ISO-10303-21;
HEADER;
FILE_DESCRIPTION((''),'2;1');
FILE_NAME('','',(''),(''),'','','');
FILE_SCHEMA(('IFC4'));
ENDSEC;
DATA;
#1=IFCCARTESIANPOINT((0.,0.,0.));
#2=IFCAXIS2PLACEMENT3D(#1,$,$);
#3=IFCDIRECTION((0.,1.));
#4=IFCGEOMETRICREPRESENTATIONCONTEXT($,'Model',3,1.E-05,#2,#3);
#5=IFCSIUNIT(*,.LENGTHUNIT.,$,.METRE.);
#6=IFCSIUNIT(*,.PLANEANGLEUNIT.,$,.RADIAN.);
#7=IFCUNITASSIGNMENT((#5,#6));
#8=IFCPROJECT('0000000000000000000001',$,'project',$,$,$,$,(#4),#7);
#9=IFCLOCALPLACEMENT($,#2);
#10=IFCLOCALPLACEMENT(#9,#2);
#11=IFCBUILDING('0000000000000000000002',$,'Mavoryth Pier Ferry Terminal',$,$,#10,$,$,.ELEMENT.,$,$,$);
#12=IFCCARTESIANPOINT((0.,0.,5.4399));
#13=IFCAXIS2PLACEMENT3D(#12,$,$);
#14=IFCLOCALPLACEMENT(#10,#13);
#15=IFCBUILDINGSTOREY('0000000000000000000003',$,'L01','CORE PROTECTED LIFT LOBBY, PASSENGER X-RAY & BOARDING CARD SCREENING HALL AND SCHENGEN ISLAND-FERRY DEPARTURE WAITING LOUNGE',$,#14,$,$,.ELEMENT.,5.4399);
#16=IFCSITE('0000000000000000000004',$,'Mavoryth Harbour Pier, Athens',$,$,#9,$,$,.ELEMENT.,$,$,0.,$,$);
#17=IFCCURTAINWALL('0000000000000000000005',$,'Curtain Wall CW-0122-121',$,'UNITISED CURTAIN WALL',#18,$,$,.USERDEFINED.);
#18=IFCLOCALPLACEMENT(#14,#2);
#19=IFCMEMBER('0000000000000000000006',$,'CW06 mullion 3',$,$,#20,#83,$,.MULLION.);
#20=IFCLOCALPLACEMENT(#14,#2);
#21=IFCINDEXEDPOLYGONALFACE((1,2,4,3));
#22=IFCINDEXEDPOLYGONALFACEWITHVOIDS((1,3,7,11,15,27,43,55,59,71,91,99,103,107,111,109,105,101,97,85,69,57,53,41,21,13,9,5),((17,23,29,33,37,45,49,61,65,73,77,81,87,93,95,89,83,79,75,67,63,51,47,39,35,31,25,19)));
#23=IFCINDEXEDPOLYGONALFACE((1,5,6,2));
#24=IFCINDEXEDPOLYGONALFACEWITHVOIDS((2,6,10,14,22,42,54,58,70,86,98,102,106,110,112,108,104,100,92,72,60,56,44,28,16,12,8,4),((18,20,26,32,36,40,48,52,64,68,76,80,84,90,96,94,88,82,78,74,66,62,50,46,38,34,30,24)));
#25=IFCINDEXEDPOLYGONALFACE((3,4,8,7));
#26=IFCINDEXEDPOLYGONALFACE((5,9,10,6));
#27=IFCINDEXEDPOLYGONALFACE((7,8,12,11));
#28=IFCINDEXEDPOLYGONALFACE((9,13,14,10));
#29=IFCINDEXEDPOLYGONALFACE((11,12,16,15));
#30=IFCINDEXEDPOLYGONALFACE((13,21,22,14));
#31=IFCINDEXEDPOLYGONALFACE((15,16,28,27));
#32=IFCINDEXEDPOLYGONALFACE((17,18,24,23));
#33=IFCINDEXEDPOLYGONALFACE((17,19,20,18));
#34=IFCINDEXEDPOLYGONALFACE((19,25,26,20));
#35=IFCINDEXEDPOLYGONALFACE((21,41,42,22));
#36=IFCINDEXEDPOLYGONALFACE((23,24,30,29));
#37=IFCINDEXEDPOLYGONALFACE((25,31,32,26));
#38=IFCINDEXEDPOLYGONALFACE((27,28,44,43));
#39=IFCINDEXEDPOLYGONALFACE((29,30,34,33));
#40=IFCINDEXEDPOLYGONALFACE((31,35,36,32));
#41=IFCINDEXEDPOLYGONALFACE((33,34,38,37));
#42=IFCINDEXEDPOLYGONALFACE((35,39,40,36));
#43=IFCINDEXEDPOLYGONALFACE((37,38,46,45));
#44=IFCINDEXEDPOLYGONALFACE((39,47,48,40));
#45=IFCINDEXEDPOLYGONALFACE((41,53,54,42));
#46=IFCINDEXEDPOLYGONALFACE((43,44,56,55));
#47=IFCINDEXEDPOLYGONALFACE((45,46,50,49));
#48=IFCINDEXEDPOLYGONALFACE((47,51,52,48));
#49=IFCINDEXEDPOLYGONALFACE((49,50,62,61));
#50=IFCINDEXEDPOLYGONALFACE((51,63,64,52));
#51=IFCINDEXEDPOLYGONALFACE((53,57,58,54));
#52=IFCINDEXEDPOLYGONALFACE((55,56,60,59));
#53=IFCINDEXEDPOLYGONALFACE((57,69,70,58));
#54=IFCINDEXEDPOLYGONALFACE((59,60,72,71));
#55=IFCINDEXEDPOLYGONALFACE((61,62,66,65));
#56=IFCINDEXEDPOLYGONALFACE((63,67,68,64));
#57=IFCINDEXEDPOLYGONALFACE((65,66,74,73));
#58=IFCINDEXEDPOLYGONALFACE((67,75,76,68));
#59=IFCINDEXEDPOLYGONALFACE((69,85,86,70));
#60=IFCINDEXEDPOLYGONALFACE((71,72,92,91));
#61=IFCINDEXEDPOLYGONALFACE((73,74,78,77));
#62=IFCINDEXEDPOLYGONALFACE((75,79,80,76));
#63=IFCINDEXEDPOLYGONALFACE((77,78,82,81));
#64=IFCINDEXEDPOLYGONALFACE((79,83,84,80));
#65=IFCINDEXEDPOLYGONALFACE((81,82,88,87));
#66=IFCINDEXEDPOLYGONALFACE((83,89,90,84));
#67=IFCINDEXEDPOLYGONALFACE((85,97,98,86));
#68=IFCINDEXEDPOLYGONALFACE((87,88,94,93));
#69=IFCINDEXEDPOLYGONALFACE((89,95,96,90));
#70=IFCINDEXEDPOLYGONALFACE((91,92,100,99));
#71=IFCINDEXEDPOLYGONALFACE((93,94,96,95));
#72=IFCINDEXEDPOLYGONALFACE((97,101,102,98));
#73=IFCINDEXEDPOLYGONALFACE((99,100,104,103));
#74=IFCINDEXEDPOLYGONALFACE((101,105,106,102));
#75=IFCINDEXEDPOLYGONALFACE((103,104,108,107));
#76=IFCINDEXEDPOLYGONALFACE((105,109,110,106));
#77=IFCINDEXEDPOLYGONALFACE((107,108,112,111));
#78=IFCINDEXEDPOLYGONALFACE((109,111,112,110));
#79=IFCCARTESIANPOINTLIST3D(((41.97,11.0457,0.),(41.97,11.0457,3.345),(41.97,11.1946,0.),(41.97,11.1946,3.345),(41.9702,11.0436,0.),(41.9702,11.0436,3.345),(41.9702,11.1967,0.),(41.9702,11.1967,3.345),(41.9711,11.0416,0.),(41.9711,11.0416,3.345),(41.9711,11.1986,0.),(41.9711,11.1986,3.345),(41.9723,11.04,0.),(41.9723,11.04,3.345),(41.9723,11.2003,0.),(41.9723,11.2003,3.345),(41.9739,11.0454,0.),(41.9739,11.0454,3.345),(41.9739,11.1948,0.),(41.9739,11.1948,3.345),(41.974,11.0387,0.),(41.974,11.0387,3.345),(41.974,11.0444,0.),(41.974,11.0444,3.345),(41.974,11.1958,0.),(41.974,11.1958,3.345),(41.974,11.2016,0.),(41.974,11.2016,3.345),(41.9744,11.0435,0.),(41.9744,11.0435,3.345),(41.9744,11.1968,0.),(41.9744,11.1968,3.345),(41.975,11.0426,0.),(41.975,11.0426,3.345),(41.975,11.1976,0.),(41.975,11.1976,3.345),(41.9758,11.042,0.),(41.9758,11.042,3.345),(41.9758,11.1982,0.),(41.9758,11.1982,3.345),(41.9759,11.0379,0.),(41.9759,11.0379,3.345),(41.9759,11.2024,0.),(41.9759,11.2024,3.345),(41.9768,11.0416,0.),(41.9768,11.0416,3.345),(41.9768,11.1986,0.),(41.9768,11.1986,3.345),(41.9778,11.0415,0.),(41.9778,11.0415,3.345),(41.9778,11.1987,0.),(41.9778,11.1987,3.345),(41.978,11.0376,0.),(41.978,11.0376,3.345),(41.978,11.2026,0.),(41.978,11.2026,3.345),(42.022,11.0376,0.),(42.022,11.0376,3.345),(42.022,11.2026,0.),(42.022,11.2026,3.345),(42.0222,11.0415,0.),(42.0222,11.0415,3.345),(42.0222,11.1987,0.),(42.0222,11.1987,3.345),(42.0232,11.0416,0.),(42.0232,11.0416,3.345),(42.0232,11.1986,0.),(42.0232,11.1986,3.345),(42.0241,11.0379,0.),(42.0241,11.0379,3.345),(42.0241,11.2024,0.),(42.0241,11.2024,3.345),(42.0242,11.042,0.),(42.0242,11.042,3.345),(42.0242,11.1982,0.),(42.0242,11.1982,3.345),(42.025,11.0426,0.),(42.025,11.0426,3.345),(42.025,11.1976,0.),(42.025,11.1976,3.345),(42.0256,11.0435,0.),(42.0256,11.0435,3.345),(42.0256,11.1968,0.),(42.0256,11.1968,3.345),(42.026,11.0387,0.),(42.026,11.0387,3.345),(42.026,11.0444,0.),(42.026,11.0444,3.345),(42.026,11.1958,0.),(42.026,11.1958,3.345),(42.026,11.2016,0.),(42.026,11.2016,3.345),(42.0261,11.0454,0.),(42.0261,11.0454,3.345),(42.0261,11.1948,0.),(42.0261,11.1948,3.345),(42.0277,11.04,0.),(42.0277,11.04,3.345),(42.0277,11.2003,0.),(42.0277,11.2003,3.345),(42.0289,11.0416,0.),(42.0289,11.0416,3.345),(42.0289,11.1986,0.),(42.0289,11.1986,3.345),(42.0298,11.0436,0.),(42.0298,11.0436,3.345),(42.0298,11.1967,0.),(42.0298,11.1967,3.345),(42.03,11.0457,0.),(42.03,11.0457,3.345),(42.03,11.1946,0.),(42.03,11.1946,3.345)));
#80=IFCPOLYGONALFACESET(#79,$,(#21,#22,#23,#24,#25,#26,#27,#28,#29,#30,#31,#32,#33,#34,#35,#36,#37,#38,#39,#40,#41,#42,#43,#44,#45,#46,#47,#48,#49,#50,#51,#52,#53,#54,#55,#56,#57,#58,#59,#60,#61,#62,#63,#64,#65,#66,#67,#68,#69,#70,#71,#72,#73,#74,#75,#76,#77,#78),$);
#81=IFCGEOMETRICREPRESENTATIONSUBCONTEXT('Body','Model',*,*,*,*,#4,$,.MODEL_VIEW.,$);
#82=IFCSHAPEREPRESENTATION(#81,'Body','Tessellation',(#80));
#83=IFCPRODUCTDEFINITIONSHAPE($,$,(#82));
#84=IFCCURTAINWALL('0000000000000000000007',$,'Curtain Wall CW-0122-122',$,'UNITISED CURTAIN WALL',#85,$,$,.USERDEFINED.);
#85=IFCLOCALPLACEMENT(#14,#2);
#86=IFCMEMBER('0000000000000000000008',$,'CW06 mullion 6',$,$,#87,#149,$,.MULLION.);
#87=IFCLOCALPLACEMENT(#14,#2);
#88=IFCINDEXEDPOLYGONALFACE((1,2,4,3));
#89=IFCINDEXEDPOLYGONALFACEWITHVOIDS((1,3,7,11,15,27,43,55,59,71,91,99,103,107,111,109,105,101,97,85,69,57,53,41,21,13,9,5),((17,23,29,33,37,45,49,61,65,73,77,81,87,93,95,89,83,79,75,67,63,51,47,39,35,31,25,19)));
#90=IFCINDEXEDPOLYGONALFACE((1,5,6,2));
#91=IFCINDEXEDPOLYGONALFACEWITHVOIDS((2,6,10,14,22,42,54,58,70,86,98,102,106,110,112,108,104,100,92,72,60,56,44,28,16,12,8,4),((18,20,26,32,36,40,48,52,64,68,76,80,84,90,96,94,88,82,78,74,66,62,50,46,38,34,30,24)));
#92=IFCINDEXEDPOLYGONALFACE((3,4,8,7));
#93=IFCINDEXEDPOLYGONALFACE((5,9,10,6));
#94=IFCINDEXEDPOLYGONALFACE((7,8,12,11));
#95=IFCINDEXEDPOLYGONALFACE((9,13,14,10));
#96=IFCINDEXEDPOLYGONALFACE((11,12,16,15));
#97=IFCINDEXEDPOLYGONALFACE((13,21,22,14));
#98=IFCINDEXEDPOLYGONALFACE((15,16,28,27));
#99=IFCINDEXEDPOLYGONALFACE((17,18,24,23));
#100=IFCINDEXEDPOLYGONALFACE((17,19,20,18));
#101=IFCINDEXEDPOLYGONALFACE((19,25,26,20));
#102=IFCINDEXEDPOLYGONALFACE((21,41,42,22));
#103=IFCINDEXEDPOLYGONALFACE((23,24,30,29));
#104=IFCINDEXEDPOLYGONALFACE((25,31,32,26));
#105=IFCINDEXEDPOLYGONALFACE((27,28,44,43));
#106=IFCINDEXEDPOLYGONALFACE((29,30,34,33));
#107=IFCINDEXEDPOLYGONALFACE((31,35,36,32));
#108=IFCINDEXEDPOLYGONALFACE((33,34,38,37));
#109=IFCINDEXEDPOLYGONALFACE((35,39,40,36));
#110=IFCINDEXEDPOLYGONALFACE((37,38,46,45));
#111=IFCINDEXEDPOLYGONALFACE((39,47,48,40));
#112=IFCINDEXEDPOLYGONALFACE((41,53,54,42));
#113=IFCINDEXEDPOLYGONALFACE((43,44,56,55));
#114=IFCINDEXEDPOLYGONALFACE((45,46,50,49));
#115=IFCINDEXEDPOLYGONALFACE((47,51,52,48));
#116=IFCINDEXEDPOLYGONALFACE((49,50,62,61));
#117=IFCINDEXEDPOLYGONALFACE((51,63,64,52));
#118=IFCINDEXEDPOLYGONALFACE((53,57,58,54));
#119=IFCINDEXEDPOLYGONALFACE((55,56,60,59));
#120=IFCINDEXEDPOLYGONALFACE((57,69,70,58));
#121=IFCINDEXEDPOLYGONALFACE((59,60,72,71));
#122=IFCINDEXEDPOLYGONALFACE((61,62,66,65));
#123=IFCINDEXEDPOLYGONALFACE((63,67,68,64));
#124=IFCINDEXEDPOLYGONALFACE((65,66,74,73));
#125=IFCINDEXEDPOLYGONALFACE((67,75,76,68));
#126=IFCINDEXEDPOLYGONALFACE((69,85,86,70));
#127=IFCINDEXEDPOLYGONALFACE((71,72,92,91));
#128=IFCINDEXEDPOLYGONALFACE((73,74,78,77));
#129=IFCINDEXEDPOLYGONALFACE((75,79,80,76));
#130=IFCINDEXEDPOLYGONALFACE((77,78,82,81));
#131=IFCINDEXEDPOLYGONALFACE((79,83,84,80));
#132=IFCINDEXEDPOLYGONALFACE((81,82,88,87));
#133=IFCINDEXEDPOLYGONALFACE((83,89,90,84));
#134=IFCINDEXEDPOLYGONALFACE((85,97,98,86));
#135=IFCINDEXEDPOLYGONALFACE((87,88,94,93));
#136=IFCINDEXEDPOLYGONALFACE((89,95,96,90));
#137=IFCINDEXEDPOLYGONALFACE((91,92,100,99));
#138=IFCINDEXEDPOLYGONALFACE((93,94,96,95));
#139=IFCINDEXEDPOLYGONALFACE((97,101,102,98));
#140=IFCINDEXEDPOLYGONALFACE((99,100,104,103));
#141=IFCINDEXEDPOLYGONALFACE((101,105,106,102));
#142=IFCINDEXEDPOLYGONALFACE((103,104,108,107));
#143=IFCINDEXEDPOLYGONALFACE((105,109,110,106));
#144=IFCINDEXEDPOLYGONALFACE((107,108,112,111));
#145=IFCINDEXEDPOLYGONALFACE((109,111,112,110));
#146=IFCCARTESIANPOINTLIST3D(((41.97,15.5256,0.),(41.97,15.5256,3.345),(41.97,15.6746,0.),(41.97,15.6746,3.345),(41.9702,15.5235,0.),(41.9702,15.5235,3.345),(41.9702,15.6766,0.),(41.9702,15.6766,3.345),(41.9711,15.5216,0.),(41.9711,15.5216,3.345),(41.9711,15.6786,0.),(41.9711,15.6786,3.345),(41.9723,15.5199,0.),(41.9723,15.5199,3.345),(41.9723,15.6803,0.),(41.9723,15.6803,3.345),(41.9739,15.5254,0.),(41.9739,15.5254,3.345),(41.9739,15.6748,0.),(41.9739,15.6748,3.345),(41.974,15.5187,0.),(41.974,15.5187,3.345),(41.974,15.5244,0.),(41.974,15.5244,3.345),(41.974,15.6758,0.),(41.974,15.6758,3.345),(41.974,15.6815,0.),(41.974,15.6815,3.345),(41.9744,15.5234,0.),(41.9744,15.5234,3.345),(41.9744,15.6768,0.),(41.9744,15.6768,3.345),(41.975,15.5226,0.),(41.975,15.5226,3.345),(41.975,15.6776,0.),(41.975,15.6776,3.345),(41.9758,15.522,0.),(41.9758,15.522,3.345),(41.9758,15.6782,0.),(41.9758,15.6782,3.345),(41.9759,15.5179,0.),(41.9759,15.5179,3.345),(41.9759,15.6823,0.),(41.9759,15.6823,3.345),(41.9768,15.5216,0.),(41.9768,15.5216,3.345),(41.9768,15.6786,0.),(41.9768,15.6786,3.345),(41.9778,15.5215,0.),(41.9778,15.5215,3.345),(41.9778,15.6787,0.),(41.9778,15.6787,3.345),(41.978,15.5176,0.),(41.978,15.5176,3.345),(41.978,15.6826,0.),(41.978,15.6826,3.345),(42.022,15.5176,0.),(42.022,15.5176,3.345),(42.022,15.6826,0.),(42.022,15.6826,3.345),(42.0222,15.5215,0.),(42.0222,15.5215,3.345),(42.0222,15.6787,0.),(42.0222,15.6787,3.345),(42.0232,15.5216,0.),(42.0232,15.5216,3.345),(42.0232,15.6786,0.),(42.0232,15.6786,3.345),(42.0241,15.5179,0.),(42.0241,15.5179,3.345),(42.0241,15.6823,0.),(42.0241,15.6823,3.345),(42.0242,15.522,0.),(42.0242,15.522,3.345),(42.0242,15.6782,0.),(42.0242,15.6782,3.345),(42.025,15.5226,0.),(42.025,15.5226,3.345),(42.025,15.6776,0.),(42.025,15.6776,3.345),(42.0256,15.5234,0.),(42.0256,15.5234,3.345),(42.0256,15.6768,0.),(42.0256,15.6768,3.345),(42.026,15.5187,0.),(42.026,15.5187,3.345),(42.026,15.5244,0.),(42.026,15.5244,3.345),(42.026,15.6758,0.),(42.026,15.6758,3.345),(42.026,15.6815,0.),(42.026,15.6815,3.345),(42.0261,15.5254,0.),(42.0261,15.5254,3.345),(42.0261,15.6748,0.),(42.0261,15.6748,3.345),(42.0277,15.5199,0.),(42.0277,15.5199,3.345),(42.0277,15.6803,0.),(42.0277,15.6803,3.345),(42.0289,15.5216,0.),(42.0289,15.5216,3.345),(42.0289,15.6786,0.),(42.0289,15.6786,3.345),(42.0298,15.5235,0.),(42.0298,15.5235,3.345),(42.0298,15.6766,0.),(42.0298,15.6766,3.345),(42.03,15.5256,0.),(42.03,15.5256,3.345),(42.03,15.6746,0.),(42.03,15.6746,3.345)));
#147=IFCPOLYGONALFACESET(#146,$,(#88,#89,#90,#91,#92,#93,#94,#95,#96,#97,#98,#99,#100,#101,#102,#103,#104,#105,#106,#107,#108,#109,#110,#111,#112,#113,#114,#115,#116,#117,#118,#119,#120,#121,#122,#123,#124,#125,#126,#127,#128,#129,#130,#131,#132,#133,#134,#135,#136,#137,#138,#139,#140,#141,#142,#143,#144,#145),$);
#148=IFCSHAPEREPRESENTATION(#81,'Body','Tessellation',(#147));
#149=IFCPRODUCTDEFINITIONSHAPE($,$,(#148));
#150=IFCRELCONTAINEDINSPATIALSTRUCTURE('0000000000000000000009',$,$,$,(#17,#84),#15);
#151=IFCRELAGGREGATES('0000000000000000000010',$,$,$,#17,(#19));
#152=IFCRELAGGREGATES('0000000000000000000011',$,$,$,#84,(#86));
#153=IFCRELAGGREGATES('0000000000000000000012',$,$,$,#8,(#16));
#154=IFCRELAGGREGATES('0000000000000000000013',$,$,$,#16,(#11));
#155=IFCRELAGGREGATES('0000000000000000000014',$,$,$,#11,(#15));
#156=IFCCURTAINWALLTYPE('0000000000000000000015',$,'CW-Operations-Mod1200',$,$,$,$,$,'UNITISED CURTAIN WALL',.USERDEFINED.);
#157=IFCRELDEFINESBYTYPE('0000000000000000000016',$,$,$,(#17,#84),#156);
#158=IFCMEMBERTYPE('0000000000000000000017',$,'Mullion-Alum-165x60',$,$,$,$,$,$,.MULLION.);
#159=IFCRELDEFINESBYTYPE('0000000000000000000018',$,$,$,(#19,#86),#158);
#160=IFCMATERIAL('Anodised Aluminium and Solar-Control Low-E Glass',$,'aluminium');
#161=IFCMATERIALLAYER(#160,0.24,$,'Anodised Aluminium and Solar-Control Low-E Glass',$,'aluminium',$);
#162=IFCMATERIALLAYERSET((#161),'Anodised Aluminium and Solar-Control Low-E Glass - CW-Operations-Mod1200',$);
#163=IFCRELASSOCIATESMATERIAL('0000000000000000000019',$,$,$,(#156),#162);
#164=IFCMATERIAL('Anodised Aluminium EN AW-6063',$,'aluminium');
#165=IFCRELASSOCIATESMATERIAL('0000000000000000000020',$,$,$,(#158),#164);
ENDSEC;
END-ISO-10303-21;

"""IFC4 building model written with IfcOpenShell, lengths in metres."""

from ifc_helpers import new_model, si_unit, direction, frame, origin, origin_2d, place, context, subcontext, project, spatial, hollow_rectangle, extrude, material, layer, layer_set, material_profile, profile_set, type_object, element, aggregate, save


model = new_model("IFC4")

# Units and contexts
model_context = context("Model", 3, precision=1e-05, world=origin(), true_north=direction((0.0, 1.0)))
body_context = subcontext(model_context, "Body", "Model", "MODEL_VIEW")
ifc_project = project(units=[si_unit("LENGTHUNIT", "METRE"), si_unit("PLANEANGLEUNIT", "RADIAN")], contexts=[model_context])

# Site, building, storey
site_placement = place(None, origin())
site = spatial("IfcSite", under=ifc_project, at=site_placement, Name="Mavoryth Harbour Pier, Athens", CompositionType="ELEMENT", RefElevation=0.0)
building_placement = place(site_placement, origin())
building = spatial("IfcBuilding", under=site, at=building_placement, Name="Mavoryth Pier Ferry Terminal", CompositionType="ELEMENT")
storey_placement = place(building_placement, frame((0.0, 0.0, 5.4399)))
storey = spatial("IfcBuildingStorey", under=building, at=storey_placement, Name="L01", Description="CORE PROTECTED LIFT LOBBY, PASSENGER X-RAY & BOARDING CARD SCREENING HALL AND SCHENGEN ISLAND-FERRY DEPARTURE WAITING LOUNGE", CompositionType="ELEMENT", Elevation=5.4399)

# Curtain walls, members
ifc_material_1 = material(Name="Anodised Aluminium and Solar-Control Low-E Glass", Category="aluminium")
ifc_layer_1 = layer(ifc_material_1, 0.24, Name="Anodised Aluminium and Solar-Control Low-E Glass", Category="aluminium")
ifc_layer_set_1 = layer_set([ifc_layer_1], Name="Anodised Aluminium and Solar-Control Low-E Glass - CW-Operations-Mod1200")
curtain_wall_type_1 = type_object("IfcCurtainWallType", Name="CW-Operations-Mod1200", ElementType="UNITISED CURTAIN WALL", PredefinedType="USERDEFINED", material=ifc_layer_set_1)
curtain_wall_1_placement = place(storey_placement, origin())
curtain_wall_1 = element("IfcCurtainWall", 1, at=curtain_wall_1_placement, inside=storey, type_object=curtain_wall_type_1, Name="Curtain Wall CW-0122-121", ObjectType="UNITISED CURTAIN WALL", PredefinedType="USERDEFINED")
ifc_material_2 = material(Name="Anodised Aluminium EN AW-6063", Category="aluminium")
ifc_material_profile_1 = material_profile(ifc_material_2, hollow_rectangle(XDim=0.0601, YDim=0.165, WallThickness=0.0039, InnerFilletRadius=0.0039, OuterFilletRadius=0.0081, at=origin_2d()), Name="AL-MULL 165x60x4", Category="aluminium")
ifc_profile_set_1 = profile_set([ifc_material_profile_1], Name="Anodised Aluminium EN AW-6063 - AL-MULL 165x60x4")
member_type_1 = type_object("IfcMemberType", Name="Mullion-Alum-165x60", PredefinedType="MULLION", material=ifc_profile_set_1)
member_1_placement = place(storey_placement, frame((42.0, 11.1201, 0.0), z_axis=(0.0, 0.0, 1.0), x_axis=(1.0, 0.0, 0.0)))
member_1 = element("IfcMember", 2, at=member_1_placement, type_object=member_type_1, Name="CW06 mullion 3", PredefinedType="MULLION", context=body_context, shape_type="SweptSolid", body=[
    extrude(hollow_rectangle(XDim=0.0601, YDim=0.165, WallThickness=0.0039, InnerFilletRadius=0.0039, OuterFilletRadius=0.0081, at=origin_2d()), origin(), (0.0, 0.0, 1.0), 3.345),
])
curtain_wall_2_placement = place(storey_placement, origin())
curtain_wall_2 = element("IfcCurtainWall", 3, at=curtain_wall_2_placement, inside=storey, type_object=curtain_wall_type_1, Name="Curtain Wall CW-0122-122", ObjectType="UNITISED CURTAIN WALL", PredefinedType="USERDEFINED")
member_2_placement = place(storey_placement, frame((42.0, 15.6001, 0.0), z_axis=(0.0, 0.0, 1.0), x_axis=(1.0, 0.0, 0.0)))
member_2 = element("IfcMember", 4, at=member_2_placement, type_object=member_type_1, Name="CW06 mullion 6", PredefinedType="MULLION", context=body_context, shape_type="SweptSolid", body=[
    extrude(hollow_rectangle(XDim=0.0601, YDim=0.165, WallThickness=0.0039, InnerFilletRadius=0.0039, OuterFilletRadius=0.0081, at=origin_2d()), origin(), (0.0, 0.0, 1.0), 3.345),
])

aggregate(curtain_wall_1, [member_1])
aggregate(curtain_wall_2, [member_2])

save(model, "model.ifc")
